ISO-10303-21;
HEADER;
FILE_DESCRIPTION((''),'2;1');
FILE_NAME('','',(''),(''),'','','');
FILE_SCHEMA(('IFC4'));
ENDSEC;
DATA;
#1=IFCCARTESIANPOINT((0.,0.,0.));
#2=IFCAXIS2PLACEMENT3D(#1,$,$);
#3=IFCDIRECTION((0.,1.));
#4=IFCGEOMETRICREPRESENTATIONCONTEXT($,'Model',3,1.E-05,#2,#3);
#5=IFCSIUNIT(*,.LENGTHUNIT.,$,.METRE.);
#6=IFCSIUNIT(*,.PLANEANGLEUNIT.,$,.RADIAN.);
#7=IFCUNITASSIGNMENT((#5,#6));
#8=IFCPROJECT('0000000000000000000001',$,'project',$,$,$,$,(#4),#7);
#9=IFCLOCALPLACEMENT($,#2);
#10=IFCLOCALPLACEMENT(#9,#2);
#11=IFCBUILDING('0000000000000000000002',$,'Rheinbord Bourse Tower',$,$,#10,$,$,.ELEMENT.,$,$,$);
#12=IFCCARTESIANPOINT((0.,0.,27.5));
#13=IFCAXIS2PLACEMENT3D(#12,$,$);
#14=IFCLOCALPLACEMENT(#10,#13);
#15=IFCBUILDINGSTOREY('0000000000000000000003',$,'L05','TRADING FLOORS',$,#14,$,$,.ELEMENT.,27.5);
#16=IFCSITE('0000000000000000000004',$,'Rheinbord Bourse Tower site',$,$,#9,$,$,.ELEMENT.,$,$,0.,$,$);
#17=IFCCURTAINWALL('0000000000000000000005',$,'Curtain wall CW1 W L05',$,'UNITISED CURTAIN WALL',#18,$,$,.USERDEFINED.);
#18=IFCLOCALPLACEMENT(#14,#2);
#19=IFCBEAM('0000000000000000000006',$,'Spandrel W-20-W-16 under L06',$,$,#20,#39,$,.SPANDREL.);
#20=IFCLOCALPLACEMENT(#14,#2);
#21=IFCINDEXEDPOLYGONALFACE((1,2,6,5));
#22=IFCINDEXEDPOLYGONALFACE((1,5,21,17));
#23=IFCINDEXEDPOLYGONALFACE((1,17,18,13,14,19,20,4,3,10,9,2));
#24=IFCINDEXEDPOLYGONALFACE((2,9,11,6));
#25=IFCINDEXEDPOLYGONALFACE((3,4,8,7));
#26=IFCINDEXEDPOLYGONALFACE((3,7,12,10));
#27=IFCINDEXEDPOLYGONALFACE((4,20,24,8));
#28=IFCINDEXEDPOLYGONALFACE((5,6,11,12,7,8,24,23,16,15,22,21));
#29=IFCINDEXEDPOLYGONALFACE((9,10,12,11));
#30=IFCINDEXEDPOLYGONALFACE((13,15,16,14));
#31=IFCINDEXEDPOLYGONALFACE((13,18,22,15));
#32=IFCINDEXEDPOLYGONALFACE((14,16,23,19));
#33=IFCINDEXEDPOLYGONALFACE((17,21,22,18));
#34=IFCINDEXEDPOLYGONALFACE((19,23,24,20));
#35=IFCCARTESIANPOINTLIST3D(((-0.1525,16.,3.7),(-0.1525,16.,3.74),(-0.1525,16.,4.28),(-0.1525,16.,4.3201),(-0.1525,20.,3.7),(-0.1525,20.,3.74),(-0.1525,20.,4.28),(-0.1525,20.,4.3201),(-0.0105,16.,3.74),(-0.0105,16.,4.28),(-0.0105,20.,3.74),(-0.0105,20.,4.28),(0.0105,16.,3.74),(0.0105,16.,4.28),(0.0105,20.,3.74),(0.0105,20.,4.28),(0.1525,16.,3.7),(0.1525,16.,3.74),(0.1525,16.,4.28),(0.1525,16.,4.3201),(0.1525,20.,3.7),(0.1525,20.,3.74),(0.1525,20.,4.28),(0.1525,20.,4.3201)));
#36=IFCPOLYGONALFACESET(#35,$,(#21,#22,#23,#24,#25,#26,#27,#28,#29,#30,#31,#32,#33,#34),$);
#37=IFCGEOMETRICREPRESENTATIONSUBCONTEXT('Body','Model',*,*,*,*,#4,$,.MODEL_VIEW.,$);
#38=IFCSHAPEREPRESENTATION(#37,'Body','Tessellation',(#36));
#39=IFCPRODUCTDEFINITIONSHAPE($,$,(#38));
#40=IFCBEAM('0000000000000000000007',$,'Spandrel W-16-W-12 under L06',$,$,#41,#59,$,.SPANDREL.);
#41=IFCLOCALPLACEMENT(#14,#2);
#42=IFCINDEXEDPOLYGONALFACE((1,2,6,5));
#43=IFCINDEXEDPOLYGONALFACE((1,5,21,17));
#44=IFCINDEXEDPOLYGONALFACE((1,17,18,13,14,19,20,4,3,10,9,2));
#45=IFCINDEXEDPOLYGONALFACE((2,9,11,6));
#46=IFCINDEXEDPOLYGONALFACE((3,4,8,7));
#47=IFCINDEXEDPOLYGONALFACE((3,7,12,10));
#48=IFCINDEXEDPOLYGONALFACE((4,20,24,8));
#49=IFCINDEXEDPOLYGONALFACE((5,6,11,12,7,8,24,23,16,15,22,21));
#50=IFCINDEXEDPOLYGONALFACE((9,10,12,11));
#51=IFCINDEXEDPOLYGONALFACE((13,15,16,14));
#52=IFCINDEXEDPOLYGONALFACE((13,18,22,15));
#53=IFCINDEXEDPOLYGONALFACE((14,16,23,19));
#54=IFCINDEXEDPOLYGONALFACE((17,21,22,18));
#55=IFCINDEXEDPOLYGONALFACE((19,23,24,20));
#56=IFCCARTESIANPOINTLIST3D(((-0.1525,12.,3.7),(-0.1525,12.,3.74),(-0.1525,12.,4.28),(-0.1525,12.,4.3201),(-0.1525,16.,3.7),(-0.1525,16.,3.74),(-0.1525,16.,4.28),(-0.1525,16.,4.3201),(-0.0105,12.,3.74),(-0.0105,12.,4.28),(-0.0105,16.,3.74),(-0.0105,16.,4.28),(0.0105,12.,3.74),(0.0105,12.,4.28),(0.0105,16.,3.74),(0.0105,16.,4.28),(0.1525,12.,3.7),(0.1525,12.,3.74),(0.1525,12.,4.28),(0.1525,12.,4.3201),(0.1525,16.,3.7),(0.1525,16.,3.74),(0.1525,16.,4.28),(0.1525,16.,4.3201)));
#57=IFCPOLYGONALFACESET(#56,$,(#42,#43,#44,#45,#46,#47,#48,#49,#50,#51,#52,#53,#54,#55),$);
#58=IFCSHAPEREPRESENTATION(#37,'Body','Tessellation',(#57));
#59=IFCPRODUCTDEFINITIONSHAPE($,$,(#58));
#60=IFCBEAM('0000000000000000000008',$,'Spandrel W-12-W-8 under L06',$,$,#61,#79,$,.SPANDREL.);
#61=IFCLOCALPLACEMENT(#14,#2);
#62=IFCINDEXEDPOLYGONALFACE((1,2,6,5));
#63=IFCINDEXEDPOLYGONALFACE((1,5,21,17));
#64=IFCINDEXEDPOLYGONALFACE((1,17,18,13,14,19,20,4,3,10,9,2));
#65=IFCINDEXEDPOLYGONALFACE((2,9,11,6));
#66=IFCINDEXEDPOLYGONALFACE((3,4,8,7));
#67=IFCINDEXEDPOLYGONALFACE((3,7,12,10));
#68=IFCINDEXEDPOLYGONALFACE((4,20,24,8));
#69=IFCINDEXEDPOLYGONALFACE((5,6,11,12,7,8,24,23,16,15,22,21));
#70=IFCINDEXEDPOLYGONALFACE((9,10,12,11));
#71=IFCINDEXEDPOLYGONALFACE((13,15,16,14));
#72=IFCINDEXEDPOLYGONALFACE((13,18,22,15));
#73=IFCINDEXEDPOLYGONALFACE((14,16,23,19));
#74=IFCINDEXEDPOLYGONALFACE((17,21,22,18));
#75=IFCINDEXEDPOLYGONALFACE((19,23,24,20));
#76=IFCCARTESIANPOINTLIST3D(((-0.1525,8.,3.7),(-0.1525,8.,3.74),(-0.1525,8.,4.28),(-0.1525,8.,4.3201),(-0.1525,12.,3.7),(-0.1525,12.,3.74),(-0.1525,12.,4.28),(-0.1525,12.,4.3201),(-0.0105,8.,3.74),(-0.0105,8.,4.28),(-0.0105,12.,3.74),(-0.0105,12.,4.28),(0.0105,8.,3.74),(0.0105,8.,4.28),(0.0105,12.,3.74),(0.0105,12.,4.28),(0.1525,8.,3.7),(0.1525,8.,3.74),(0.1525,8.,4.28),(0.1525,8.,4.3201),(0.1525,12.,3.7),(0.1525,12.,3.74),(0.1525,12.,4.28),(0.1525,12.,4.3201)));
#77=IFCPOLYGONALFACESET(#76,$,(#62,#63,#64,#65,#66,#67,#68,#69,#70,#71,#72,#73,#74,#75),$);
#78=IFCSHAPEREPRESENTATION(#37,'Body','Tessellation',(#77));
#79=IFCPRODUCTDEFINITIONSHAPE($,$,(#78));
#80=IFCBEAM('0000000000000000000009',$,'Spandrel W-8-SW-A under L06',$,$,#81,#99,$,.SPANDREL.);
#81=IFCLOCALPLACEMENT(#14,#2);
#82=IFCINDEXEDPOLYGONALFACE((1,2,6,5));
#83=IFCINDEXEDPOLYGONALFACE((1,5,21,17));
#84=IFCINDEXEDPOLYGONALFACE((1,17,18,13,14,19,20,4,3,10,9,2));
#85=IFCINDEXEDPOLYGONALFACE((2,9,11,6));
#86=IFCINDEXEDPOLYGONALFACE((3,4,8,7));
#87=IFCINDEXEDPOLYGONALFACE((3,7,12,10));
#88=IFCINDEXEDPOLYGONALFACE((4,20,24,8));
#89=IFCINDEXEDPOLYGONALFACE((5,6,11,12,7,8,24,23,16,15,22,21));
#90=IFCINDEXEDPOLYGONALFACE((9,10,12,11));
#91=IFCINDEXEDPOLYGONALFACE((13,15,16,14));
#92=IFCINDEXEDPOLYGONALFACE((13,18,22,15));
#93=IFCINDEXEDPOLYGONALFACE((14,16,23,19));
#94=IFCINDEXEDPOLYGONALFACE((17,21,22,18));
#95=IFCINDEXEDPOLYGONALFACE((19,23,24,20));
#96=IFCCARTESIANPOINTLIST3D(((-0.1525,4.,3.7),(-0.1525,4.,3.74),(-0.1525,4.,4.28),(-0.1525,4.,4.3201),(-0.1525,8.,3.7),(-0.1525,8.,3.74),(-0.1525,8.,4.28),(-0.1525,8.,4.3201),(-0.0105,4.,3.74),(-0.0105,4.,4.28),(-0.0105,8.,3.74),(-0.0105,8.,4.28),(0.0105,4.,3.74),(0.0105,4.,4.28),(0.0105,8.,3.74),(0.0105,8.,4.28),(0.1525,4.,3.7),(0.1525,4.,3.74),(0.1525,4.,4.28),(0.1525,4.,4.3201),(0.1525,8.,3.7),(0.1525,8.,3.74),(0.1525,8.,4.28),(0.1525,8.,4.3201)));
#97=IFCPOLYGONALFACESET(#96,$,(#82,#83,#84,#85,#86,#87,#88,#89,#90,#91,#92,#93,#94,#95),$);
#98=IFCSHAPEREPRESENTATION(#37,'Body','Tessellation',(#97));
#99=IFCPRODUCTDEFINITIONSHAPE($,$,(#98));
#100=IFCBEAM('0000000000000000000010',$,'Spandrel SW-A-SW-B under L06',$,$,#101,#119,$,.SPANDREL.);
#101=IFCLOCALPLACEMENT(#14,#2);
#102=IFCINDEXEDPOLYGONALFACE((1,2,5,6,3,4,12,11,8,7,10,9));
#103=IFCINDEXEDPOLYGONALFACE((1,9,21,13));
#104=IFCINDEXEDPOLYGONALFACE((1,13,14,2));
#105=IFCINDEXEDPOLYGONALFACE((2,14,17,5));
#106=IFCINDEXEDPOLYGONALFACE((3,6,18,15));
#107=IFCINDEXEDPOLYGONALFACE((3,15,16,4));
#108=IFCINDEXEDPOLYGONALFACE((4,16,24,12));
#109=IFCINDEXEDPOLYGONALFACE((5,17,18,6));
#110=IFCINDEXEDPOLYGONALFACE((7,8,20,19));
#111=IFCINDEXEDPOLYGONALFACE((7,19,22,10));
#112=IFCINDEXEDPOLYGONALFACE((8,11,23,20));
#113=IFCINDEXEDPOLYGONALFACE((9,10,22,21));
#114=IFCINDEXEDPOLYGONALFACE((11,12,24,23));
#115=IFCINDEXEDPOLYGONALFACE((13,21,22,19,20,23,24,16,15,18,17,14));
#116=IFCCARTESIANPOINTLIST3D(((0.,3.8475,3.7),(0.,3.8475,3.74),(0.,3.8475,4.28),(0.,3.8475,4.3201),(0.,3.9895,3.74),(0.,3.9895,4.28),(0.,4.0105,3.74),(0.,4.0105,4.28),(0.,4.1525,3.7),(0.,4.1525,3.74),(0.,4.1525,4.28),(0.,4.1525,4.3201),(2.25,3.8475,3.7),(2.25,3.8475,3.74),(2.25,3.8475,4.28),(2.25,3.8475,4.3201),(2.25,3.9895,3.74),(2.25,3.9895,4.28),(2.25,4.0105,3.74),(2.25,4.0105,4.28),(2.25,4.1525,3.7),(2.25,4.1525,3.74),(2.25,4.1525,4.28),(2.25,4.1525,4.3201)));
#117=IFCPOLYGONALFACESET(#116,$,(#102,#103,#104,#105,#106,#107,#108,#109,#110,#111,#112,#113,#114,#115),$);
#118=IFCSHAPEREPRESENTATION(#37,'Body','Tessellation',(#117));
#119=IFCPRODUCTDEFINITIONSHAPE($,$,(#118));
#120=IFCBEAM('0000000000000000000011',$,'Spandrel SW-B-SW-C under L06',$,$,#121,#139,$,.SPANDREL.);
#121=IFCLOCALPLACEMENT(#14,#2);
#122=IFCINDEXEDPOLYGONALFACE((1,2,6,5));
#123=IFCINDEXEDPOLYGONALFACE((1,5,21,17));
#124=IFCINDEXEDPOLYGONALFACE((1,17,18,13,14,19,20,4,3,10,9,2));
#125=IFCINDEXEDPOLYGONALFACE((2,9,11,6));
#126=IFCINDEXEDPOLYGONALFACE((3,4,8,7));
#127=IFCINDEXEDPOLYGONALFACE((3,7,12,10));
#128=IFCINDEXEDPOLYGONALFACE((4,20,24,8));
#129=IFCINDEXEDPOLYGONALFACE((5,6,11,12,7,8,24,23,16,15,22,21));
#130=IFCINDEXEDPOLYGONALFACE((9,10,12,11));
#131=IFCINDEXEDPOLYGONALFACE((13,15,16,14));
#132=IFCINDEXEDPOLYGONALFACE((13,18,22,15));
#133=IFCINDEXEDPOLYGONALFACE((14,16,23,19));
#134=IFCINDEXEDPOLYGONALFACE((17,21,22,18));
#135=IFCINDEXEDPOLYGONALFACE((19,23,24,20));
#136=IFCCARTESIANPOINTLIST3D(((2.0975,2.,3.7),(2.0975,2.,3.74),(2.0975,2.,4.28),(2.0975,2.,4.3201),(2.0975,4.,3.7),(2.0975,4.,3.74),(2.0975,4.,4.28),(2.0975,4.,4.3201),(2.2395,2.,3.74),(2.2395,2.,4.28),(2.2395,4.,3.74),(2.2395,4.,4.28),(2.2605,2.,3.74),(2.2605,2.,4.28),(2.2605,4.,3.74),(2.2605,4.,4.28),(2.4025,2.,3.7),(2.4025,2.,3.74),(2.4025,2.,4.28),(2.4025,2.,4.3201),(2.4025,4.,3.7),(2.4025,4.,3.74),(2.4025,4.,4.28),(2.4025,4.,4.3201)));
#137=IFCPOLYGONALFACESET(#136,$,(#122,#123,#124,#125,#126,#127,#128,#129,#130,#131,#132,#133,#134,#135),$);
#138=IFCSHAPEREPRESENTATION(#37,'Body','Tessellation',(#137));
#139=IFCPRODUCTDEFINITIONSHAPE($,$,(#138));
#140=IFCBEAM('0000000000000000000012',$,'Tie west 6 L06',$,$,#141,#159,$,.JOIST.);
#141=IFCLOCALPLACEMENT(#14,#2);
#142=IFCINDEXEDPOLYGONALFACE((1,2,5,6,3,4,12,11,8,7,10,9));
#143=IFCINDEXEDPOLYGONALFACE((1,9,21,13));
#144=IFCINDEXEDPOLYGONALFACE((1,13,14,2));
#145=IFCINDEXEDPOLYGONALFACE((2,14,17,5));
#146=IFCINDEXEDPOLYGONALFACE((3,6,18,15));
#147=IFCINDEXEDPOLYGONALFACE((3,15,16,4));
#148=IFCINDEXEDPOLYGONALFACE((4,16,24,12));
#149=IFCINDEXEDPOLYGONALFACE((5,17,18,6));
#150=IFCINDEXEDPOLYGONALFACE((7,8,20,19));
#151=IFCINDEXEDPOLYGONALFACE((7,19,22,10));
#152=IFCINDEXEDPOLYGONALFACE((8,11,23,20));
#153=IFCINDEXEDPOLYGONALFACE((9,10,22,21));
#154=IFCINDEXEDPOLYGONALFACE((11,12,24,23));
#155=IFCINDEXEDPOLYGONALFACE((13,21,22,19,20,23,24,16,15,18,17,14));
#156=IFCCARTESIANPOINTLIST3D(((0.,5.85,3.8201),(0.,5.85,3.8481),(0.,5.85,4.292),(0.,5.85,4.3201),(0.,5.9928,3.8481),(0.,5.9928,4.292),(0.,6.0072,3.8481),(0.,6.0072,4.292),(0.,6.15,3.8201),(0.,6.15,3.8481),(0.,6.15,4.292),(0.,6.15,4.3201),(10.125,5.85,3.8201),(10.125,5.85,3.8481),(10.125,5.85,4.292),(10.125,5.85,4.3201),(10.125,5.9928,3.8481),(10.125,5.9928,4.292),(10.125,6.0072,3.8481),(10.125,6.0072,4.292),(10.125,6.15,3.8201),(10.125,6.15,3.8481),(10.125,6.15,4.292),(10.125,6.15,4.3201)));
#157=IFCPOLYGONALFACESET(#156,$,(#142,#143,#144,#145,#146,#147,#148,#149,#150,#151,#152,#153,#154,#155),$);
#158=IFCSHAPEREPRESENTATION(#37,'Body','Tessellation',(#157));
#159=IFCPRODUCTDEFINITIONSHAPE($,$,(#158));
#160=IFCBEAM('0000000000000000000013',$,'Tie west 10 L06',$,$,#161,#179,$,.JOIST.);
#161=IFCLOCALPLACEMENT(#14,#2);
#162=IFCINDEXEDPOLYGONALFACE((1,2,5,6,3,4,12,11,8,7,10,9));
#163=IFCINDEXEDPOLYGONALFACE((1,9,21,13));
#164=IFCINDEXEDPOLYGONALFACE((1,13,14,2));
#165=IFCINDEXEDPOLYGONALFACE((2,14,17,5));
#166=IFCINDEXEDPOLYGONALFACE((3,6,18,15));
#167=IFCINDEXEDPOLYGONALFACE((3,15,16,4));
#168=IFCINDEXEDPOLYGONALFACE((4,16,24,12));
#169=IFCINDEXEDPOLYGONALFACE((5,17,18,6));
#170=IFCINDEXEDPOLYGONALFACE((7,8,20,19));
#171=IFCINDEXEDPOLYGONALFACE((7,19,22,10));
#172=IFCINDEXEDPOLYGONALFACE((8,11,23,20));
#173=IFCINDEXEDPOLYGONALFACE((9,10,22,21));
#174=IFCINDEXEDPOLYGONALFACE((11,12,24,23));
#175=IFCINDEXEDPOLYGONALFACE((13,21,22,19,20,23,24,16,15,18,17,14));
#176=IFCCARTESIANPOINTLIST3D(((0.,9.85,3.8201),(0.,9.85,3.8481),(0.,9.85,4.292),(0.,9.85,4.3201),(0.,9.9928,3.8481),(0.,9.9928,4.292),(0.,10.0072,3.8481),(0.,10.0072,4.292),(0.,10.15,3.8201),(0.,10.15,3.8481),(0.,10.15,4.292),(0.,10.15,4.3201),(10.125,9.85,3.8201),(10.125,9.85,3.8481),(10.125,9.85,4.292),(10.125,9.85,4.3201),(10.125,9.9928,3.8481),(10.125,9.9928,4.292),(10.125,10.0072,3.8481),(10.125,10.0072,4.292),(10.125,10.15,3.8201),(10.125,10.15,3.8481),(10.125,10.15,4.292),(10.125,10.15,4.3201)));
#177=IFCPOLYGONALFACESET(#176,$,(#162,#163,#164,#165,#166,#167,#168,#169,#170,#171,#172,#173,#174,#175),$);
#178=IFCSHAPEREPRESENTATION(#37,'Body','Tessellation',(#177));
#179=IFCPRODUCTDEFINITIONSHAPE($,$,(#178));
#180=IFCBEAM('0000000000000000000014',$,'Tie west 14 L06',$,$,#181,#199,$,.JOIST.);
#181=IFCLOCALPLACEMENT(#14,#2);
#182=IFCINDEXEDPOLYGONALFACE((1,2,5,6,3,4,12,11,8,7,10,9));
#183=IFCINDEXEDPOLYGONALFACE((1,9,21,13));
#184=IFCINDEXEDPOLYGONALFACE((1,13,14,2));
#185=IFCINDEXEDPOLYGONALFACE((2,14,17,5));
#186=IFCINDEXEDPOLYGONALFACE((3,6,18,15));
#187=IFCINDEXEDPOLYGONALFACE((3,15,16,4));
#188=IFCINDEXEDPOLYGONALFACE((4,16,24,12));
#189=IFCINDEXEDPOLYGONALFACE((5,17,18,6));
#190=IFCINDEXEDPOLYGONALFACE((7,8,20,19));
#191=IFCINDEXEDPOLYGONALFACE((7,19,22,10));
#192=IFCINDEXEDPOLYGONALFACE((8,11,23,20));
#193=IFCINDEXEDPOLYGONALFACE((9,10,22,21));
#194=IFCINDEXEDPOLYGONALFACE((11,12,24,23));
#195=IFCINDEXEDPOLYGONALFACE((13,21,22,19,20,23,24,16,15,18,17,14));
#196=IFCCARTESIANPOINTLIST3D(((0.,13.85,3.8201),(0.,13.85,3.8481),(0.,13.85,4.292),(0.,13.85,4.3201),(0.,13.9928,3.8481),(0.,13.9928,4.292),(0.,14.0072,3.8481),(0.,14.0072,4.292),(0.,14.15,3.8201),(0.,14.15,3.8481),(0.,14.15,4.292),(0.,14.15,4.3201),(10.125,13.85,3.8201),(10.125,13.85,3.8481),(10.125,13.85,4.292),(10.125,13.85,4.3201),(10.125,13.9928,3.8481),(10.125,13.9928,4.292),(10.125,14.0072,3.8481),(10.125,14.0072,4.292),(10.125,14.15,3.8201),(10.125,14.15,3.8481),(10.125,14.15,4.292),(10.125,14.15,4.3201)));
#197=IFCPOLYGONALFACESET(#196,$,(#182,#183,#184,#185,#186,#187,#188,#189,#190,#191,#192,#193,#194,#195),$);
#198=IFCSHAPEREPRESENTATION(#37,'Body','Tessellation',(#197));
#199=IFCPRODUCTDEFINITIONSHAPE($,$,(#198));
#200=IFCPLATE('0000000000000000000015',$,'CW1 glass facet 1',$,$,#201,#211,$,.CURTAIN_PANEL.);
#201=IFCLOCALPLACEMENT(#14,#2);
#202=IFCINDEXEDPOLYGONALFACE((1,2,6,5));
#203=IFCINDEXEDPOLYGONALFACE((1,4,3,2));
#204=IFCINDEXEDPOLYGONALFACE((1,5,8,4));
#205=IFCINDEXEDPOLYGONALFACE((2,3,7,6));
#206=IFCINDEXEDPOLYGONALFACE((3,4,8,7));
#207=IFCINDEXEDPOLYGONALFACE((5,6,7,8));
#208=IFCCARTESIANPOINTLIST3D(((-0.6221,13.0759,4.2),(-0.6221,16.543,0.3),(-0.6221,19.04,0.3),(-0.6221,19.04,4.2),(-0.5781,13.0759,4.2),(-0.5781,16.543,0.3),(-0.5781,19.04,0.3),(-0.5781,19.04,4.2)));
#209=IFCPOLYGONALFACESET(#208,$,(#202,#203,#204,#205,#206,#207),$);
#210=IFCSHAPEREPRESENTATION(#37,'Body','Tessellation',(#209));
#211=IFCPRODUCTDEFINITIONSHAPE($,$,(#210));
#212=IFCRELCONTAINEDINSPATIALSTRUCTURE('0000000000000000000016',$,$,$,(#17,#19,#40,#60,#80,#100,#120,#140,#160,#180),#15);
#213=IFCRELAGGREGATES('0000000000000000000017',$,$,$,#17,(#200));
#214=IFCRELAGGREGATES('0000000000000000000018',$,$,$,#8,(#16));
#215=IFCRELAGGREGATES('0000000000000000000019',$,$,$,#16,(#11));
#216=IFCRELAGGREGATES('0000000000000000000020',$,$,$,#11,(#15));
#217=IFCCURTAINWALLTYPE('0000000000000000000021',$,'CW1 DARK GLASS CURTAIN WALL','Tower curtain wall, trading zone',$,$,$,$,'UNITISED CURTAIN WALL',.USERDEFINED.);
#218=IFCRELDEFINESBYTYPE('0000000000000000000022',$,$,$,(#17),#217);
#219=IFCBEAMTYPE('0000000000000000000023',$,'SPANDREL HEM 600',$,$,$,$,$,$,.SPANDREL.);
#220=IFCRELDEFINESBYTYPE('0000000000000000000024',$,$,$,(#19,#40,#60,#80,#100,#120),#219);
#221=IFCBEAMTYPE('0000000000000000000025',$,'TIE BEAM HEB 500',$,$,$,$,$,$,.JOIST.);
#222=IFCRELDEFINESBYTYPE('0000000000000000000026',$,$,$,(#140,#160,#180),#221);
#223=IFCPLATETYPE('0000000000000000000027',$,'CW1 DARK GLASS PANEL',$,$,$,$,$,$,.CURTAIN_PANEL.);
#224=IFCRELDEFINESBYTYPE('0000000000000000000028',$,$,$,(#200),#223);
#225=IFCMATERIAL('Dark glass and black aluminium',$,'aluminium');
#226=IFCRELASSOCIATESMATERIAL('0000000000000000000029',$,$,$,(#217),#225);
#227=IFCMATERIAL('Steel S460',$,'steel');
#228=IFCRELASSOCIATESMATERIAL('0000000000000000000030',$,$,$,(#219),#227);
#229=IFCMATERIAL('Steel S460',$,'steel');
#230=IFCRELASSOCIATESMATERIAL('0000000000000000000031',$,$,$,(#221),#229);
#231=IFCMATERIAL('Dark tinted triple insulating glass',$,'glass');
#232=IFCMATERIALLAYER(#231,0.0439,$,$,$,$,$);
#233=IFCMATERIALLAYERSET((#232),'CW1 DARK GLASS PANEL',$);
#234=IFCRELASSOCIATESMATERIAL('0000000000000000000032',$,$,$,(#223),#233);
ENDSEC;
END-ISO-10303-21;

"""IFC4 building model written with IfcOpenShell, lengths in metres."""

from ifc_helpers import new_model, si_unit, direction, frame, origin, origin_2d, place, context, subcontext, project, spatial, polyline, i_section, outline, extrude, material, layer, layer_set, material_profile, profile_set, type_object, element, aggregate, save


model = new_model("IFC4")

# Units and contexts
model_context = context("Model", 3, precision=1e-05, world=origin(), true_north=direction((0.0, 1.0)))
body_context = subcontext(model_context, "Body", "Model", "MODEL_VIEW")
ifc_project = project(units=[si_unit("LENGTHUNIT", "METRE"), si_unit("PLANEANGLEUNIT", "RADIAN")], contexts=[model_context])

# Site, building, storey
site_placement = place(None, origin())
site = spatial("IfcSite", under=ifc_project, at=site_placement, Name="Rheinbord Bourse Tower site", CompositionType="ELEMENT", RefElevation=0.0)
building_placement = place(site_placement, origin())
building = spatial("IfcBuilding", under=site, at=building_placement, Name="Rheinbord Bourse Tower", CompositionType="ELEMENT")
storey_placement = place(building_placement, frame((0.0, 0.0, 27.5)))
storey = spatial("IfcBuildingStorey", under=building, at=storey_placement, Name="L05", Description="TRADING FLOORS", CompositionType="ELEMENT", Elevation=27.5)

# Curtain wall
ifc_material_1 = material(Name="Dark glass and black aluminium", Category="aluminium")
curtain_wall_type = type_object("IfcCurtainWallType", Name="CW1 DARK GLASS CURTAIN WALL", Description="Tower curtain wall, trading zone", ElementType="UNITISED CURTAIN WALL", PredefinedType="USERDEFINED", material=ifc_material_1)
curtain_wall_placement = place(storey_placement, origin())
curtain_wall = element("IfcCurtainWall", 1, at=curtain_wall_placement, inside=storey, type_object=curtain_wall_type, Name="Curtain wall CW1 W L05", ObjectType="UNITISED CURTAIN WALL", PredefinedType="USERDEFINED")

# Beams
ifc_material_2 = material(Name="Steel S460", Category="steel")
ifc_material_profile_1 = material_profile(ifc_material_2, i_section(OverallWidth=0.3049, OverallDepth=0.6201, WebThickness=0.021, FlangeThickness=0.04, at=origin_2d()), Name="HEM 600")
ifc_profile_set_1 = profile_set([ifc_material_profile_1], Name="Steel S460")
beam_type_1 = type_object("IfcBeamType", Name="SPANDREL HEM 600", PredefinedType="SPANDREL", material=ifc_profile_set_1)
for number, where, z_axis, x_axis, name in (
    (2, (0.0, 20.0, 4.01), (0.0, -1.0, 0.0), (1.0, 0.0, 0.0), "Spandrel W-20-W-16 under L06"),
    (3, (0.0, 16.0, 4.01), (0.0, -1.0, 0.0), (1.0, 0.0, 0.0), "Spandrel W-16-W-12 under L06"),
    (4, (0.0, 12.0, 4.01), (0.0, -1.0, 0.0), (1.0, 0.0, 0.0), "Spandrel W-12-W-8 under L06"),
    (5, (0.0, 8.0, 4.01), (0.0, -1.0, 0.0), (1.0, 0.0, 0.0), "Spandrel W-8-SW-A under L06"),
):
    element("IfcBeam", number, at=place(storey_placement, frame(where, z_axis=z_axis, x_axis=x_axis)), inside=storey, type_object=beam_type_1, Name=name, PredefinedType="SPANDREL", context=body_context, shape_type="SweptSolid", body=[
        extrude(i_section(OverallWidth=0.3049, OverallDepth=0.6201, WebThickness=0.021, FlangeThickness=0.04, at=origin_2d()), origin(), (0.0, 0.0, 1.0), 4.0),
    ])
beam_1_placement = place(storey_placement, frame((0.0, 4.0, 4.01), z_axis=(1.0, 0.0, 0.0), x_axis=(0.0, 1.0, 0.0)))
element("IfcBeam", 6, at=beam_1_placement, inside=storey, type_object=beam_type_1, Name="Spandrel SW-A-SW-B under L06", PredefinedType="SPANDREL", context=body_context, shape_type="SweptSolid", body=[
    extrude(i_section(OverallWidth=0.3049, OverallDepth=0.6201, WebThickness=0.021, FlangeThickness=0.04, at=origin_2d()), origin(), (0.0, 0.0, 1.0), 2.25),
])
beam_2_placement = place(storey_placement, frame((2.25, 4.0, 4.01), z_axis=(0.0, -1.0, 0.0), x_axis=(1.0, 0.0, 0.0)))
element("IfcBeam", 7, at=beam_2_placement, inside=storey, type_object=beam_type_1, Name="Spandrel SW-B-SW-C under L06", PredefinedType="SPANDREL", context=body_context, shape_type="SweptSolid", body=[
    extrude(i_section(OverallWidth=0.3049, OverallDepth=0.6201, WebThickness=0.021, FlangeThickness=0.04, at=origin_2d()), origin(), (0.0, 0.0, 1.0), 2.0),
])
ifc_material_3 = material(Name="Steel S460", Category="steel")
ifc_material_profile_2 = material_profile(ifc_material_3, i_section(OverallWidth=0.3, OverallDepth=0.5, WebThickness=0.0144, FlangeThickness=0.0281, at=origin_2d()), Name="HEB 500")
ifc_profile_set_2 = profile_set([ifc_material_profile_2], Name="Steel S460")
beam_type_2 = type_object("IfcBeamType", Name="TIE BEAM HEB 500", PredefinedType="JOIST", material=ifc_profile_set_2)
for number, where, z_axis, x_axis, name in (
    (8, (0.0, 6.0, 4.0701), (1.0, 0.0, 0.0), (0.0, 1.0, 0.0), "Tie west 6 L06"),
    (9, (0.0, 10.0, 4.0701), (1.0, 0.0, 0.0), (0.0, 1.0, 0.0), "Tie west 10 L06"),
    (10, (0.0, 14.0, 4.0701), (1.0, 0.0, 0.0), (0.0, 1.0, 0.0), "Tie west 14 L06"),
):
    element("IfcBeam", number, at=place(storey_placement, frame(where, z_axis=z_axis, x_axis=x_axis)), inside=storey, type_object=beam_type_2, Name=name, PredefinedType="JOIST", context=body_context, shape_type="SweptSolid", body=[
        extrude(i_section(OverallWidth=0.3, OverallDepth=0.5, WebThickness=0.0144, FlangeThickness=0.0281, at=origin_2d()), origin(), (0.0, 0.0, 1.0), 10.125),
    ])

# Plate
ifc_material_4 = material(Name="Dark tinted triple insulating glass", Category="glass")
ifc_layer_1 = layer(ifc_material_4, 0.0439)
ifc_layer_set_1 = layer_set([ifc_layer_1], Name="CW1 DARK GLASS PANEL")
plate_type = type_object("IfcPlateType", Name="CW1 DARK GLASS PANEL", PredefinedType="CURTAIN_PANEL", material=ifc_layer_set_1)
plate_1_placement = place(storey_placement, frame((-0.6221, 19.04, 0.3), z_axis=(1.0, 0.0, 0.0), x_axis=(0.0, 0.0, 1.0)))
plate_1 = element("IfcPlate", 11, at=plate_1_placement, type_object=plate_type, Name="CW1 glass facet 1", PredefinedType="CURTAIN_PANEL", context=body_context, shape_type="SweptSolid", body=[
    extrude(outline(polyline([(0.0, 0.0), (3.8999, 0.0), (3.8999, 5.9641), (0.0, 2.4971), (0.0, 0.0)])), origin(), (0.0, 0.0, 1.0), 0.0439),
])
aggregate(curtain_wall, [plate_1])

save(model, "model.ifc")
